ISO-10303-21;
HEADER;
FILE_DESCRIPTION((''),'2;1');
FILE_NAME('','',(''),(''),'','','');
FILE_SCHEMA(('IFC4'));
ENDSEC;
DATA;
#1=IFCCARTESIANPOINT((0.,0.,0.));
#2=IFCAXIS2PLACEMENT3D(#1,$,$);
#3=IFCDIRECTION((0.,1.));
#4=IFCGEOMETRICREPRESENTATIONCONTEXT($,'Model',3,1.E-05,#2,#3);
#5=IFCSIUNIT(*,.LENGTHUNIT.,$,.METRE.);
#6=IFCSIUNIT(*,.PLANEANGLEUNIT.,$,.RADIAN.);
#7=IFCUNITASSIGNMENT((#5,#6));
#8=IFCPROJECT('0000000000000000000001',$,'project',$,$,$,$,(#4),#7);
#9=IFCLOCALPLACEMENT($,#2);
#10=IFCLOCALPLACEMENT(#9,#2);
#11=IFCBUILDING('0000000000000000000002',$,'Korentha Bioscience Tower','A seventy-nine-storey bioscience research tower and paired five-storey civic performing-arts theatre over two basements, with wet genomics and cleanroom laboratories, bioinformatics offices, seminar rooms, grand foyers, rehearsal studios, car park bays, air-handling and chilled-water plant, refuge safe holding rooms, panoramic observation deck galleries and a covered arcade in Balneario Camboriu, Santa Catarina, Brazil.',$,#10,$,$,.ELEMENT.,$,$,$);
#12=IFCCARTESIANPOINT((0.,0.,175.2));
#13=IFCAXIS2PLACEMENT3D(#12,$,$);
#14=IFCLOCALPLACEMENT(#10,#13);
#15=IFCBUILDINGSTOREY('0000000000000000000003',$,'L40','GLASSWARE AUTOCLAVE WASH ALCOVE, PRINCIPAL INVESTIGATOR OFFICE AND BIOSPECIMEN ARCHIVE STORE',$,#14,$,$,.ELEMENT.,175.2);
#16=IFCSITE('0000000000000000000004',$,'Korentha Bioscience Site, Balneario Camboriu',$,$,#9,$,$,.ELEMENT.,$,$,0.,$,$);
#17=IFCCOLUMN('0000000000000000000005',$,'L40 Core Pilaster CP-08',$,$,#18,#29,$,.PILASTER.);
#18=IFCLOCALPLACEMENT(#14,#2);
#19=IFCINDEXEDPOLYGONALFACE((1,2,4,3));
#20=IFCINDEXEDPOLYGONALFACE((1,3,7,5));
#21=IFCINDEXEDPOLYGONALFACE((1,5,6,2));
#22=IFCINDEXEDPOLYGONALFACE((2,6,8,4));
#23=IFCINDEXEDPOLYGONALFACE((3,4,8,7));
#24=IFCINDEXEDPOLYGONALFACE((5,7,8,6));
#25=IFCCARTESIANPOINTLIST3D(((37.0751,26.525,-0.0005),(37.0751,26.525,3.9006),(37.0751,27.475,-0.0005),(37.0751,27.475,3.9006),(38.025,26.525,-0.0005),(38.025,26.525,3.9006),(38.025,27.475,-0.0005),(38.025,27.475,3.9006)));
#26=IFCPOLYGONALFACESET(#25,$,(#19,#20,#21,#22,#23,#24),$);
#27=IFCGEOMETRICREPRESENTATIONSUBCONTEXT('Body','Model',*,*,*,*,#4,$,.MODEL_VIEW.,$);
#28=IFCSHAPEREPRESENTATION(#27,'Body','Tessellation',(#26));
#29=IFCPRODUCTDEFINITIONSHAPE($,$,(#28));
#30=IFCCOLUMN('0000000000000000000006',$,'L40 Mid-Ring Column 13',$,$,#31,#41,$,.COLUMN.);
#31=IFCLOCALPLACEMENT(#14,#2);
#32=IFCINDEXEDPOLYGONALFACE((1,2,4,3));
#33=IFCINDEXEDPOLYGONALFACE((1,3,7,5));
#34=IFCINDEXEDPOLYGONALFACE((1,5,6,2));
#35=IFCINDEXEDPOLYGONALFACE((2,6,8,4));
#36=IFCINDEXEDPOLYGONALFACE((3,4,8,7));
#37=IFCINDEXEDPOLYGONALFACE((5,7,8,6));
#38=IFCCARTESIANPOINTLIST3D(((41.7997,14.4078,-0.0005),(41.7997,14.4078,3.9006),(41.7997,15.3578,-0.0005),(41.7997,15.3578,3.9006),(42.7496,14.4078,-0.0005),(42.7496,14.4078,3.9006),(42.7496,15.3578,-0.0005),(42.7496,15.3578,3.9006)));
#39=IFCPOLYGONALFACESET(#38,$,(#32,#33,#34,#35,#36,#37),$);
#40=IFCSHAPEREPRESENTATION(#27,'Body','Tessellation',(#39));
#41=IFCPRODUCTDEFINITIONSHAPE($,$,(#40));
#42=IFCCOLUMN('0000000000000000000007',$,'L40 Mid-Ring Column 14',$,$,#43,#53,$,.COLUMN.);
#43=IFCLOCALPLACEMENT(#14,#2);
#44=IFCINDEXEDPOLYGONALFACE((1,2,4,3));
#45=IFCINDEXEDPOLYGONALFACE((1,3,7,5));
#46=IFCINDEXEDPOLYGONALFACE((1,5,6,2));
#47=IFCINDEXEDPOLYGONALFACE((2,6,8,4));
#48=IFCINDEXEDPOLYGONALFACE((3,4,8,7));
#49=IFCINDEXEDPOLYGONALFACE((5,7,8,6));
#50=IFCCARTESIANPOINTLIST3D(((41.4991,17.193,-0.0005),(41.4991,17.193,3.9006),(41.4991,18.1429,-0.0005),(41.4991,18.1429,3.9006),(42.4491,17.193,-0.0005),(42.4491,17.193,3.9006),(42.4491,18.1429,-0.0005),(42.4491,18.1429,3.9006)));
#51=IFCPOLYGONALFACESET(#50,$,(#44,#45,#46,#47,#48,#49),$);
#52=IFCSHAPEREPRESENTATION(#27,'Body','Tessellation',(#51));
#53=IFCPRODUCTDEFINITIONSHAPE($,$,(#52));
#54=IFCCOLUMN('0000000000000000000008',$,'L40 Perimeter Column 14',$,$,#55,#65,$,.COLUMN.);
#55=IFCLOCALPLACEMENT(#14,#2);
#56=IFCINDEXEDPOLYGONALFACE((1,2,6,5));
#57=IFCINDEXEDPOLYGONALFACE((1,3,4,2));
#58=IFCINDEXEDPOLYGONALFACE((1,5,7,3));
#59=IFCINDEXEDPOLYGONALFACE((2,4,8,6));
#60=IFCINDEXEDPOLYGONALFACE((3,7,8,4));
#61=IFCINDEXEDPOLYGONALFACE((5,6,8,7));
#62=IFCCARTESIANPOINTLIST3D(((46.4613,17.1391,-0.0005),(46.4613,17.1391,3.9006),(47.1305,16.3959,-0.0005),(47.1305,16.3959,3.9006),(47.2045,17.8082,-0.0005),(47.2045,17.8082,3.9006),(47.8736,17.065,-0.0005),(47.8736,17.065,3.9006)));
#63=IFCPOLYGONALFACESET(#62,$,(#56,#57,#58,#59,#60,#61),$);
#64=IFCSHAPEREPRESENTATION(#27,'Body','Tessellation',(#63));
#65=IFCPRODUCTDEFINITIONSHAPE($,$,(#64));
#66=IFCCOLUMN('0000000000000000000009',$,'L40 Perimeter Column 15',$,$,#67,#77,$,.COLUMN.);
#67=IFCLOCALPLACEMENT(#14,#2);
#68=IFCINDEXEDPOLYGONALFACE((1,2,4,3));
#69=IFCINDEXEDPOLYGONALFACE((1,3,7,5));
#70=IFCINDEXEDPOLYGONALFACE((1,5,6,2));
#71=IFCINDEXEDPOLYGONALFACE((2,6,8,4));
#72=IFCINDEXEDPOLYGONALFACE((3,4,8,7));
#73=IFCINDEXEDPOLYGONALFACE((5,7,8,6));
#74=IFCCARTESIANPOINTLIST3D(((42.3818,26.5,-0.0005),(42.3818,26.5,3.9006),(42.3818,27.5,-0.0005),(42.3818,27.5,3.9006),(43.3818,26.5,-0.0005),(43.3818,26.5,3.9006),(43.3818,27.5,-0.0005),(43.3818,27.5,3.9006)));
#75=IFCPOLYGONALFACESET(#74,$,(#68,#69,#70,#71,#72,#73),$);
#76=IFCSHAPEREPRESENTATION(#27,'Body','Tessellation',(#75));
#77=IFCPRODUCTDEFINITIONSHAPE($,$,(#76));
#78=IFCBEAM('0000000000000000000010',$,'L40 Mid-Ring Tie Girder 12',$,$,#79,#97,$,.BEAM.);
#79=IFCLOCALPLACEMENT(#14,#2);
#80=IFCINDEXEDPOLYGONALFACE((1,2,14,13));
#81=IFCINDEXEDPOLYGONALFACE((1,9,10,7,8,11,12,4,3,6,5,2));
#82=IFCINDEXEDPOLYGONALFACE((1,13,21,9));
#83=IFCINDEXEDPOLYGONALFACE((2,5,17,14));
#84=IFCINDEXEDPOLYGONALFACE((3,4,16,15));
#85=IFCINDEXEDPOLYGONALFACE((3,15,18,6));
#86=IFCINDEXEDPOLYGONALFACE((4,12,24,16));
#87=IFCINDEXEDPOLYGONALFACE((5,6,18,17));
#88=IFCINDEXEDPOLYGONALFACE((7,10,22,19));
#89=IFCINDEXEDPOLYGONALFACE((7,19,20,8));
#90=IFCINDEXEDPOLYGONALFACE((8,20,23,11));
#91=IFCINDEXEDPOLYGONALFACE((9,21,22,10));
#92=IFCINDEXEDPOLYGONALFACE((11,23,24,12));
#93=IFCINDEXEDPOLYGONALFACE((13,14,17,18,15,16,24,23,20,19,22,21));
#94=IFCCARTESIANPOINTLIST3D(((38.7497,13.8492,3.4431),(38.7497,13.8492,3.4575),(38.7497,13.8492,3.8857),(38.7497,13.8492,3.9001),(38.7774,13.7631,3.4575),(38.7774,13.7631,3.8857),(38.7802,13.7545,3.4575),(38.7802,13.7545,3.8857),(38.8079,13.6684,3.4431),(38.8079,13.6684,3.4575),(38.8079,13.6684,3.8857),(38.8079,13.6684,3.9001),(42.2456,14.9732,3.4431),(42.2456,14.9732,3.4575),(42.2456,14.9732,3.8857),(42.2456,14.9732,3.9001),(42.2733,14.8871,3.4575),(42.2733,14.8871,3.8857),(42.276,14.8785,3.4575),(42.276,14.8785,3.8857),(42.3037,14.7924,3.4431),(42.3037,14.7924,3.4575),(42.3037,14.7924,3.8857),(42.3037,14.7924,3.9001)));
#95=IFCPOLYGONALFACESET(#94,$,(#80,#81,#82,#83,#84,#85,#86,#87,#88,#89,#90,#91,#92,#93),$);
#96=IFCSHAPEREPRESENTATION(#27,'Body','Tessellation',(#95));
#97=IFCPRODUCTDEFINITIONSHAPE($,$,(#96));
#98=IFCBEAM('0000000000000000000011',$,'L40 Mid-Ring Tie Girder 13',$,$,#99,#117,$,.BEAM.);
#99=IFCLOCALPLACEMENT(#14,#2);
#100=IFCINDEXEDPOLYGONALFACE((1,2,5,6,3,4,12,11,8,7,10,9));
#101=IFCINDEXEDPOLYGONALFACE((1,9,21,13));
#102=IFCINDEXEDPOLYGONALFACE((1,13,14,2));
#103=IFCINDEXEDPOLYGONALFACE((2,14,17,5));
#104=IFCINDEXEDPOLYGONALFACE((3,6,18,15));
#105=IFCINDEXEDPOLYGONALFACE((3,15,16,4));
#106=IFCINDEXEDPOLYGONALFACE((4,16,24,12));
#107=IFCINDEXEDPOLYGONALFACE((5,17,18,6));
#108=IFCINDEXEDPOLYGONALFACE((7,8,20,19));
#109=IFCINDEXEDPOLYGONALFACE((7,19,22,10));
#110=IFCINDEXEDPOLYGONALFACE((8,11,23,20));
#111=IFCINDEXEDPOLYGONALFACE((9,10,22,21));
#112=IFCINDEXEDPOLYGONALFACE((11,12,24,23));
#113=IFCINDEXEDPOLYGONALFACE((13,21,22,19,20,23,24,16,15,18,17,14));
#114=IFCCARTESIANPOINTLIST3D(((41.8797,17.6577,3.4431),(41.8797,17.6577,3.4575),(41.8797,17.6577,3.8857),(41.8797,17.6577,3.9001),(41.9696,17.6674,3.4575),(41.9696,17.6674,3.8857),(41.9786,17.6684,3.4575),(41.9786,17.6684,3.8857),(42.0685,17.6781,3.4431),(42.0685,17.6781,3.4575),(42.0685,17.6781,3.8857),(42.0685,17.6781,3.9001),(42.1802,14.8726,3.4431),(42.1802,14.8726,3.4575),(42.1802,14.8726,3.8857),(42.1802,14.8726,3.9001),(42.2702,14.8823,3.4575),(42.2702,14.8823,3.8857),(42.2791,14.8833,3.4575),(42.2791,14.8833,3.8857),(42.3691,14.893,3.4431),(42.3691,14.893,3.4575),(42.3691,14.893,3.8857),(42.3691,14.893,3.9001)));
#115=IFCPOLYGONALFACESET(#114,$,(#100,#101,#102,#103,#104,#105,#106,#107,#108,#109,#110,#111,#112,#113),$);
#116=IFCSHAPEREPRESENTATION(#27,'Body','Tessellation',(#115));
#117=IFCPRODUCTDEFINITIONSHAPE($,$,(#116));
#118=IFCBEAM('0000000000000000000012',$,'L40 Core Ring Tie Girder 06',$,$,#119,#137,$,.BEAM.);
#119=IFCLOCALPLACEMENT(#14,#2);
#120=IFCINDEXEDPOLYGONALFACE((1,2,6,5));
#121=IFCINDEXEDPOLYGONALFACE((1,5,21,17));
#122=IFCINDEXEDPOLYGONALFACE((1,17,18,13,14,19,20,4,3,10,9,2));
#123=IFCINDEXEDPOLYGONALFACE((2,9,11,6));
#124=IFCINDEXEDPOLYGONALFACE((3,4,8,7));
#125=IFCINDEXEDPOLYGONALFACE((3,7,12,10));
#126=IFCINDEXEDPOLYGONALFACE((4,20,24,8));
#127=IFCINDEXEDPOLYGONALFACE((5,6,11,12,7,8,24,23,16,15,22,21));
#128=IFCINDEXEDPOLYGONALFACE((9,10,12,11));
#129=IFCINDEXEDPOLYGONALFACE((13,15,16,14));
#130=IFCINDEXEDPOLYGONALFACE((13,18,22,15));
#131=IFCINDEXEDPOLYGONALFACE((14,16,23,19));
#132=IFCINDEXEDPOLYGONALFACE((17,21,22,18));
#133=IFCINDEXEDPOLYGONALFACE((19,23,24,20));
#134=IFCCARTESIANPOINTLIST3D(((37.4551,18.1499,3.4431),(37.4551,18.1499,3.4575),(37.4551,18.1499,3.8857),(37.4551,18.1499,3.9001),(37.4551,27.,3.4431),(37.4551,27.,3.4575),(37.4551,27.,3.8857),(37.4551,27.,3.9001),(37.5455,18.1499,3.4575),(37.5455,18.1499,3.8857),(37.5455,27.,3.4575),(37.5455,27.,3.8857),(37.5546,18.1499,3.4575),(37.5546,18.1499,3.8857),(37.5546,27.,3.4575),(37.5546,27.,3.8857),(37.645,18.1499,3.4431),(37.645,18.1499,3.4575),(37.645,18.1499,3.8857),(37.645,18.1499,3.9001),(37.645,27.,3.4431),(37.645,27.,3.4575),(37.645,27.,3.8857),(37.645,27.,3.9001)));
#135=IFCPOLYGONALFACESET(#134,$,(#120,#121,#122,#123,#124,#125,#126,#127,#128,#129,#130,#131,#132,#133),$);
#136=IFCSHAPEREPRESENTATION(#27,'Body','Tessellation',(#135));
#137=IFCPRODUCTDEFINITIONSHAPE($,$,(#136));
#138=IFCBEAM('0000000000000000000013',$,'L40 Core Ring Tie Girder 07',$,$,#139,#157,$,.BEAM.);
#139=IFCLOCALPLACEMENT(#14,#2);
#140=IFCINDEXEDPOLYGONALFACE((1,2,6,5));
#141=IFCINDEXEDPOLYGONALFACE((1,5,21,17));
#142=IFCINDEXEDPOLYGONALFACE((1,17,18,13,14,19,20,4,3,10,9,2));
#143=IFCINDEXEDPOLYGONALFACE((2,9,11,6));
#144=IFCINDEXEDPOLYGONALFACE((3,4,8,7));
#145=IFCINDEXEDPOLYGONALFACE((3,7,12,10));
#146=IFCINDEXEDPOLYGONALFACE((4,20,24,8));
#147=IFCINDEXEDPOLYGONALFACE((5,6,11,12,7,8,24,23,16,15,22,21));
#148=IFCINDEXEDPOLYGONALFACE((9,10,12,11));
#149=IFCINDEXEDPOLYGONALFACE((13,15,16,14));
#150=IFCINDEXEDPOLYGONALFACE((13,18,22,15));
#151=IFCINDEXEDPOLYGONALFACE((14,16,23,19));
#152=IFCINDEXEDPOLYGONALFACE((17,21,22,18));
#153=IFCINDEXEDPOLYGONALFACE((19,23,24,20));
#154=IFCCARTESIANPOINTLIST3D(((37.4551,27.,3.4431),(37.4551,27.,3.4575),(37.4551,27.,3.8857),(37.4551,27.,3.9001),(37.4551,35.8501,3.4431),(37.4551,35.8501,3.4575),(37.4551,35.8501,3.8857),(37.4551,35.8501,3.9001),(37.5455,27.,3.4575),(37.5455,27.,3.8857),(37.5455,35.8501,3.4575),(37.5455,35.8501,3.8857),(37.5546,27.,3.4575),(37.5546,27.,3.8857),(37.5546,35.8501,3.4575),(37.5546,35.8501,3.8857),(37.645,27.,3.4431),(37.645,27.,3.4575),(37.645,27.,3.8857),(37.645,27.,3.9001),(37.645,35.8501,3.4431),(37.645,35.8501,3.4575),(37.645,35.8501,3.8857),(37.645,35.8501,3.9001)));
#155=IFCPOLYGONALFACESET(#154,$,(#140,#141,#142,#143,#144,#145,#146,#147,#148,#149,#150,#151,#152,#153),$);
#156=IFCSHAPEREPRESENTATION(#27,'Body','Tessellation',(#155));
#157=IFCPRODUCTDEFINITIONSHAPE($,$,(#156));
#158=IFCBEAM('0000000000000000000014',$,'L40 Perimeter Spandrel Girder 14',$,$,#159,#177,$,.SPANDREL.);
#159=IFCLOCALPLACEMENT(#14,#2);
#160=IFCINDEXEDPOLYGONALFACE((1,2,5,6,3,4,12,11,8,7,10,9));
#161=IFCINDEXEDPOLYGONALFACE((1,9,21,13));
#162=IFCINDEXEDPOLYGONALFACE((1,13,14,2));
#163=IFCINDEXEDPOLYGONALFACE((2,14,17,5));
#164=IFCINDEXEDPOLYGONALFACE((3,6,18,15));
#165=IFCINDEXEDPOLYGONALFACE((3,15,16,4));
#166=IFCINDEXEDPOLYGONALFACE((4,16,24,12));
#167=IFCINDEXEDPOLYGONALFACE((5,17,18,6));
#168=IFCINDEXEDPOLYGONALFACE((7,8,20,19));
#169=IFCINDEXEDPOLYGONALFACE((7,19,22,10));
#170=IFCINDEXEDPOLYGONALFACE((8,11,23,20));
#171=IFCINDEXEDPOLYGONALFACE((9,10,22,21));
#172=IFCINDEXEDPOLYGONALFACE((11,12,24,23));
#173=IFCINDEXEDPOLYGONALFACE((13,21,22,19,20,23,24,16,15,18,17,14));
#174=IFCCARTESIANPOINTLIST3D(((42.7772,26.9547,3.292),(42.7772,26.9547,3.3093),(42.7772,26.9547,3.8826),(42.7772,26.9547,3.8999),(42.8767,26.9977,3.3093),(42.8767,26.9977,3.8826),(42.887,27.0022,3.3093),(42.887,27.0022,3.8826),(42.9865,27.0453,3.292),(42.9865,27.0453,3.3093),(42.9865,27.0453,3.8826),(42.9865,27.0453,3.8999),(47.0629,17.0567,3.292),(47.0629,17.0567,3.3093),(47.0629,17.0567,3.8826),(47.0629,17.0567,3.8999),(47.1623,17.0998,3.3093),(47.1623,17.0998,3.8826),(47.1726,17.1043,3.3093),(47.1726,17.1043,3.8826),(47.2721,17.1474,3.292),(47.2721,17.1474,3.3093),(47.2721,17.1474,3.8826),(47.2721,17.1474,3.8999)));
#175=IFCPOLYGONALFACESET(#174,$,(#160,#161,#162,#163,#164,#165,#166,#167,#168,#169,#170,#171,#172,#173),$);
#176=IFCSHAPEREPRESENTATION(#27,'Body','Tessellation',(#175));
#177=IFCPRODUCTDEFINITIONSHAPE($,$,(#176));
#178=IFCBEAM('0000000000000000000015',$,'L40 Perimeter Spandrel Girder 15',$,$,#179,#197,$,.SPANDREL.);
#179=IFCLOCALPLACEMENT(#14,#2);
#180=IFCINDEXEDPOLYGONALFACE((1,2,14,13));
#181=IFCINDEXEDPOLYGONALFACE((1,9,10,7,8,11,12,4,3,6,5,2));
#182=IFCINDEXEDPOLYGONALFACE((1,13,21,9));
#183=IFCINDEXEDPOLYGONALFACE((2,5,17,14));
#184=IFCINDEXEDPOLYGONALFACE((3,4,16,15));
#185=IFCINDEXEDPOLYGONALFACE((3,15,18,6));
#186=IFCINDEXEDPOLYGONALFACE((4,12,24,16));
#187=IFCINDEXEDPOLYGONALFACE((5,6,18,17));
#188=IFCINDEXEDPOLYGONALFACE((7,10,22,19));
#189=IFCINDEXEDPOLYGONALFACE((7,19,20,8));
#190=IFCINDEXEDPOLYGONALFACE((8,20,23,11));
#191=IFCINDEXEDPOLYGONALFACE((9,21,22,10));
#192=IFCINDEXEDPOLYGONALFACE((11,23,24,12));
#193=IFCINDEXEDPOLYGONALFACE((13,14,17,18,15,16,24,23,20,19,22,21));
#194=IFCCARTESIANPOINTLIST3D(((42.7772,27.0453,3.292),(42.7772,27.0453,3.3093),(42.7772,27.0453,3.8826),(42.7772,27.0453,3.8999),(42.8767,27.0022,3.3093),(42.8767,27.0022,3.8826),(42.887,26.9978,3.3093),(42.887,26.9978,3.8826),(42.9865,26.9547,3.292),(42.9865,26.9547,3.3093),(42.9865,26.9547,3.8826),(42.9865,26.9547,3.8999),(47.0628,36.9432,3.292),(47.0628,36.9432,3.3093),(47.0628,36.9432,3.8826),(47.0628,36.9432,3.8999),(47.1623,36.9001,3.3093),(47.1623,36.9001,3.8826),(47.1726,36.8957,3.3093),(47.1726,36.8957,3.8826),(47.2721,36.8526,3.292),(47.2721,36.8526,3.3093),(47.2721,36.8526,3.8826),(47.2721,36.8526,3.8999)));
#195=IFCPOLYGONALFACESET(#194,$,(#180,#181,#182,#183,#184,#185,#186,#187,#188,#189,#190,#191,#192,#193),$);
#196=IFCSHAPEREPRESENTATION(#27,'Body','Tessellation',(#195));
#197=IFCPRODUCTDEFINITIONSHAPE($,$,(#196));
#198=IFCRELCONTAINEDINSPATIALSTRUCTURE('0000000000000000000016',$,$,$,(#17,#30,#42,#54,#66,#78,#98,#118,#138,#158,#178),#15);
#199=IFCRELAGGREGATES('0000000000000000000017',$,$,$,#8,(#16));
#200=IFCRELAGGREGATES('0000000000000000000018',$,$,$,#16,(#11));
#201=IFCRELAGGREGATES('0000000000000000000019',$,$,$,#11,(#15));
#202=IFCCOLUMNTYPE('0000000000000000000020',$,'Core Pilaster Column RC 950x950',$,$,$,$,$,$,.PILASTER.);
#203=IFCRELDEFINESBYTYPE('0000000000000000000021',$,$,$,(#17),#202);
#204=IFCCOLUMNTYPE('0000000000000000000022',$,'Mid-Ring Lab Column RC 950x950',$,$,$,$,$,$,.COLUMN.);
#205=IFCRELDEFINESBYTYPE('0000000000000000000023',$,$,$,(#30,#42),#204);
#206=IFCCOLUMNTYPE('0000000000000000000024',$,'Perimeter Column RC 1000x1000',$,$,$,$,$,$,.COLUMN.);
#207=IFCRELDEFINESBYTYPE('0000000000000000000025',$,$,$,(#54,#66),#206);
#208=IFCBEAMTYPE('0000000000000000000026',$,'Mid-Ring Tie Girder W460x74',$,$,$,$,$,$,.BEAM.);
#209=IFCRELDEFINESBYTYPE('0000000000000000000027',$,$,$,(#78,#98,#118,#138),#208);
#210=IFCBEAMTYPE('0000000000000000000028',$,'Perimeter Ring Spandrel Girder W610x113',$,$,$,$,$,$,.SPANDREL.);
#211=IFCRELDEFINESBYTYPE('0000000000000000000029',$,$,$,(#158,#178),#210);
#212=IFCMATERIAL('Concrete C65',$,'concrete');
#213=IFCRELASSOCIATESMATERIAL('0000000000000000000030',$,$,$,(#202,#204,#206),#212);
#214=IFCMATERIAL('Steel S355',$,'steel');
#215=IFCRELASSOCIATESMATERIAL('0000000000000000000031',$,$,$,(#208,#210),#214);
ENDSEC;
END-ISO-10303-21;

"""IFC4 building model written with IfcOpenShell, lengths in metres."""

from ifc_helpers import new_model, si_unit, direction, frame, origin, origin_2d, place, context, subcontext, project, spatial, rectangle, i_section, extrude, material, material_profile, profile_set, type_object, element, save


model = new_model("IFC4")

# Units and contexts
model_context = context("Model", 3, precision=1e-05, world=origin(), true_north=direction((0.0, 1.0)))
body_context = subcontext(model_context, "Body", "Model", "MODEL_VIEW")
ifc_project = project(units=[si_unit("LENGTHUNIT", "METRE"), si_unit("PLANEANGLEUNIT", "RADIAN")], contexts=[model_context])

# Site, building, storey
site_placement = place(None, origin())
site = spatial("IfcSite", under=ifc_project, at=site_placement, Name="Korentha Bioscience Site, Balneario Camboriu", CompositionType="ELEMENT", RefElevation=0.0)
building_placement = place(site_placement, origin())
building = spatial("IfcBuilding", under=site, at=building_placement, Name="Korentha Bioscience Tower", Description="A seventy-nine-storey bioscience research tower and paired five-storey civic performing-arts theatre over two basements, with wet genomics and cleanroom laboratories, bioinformatics offices, seminar rooms, grand foyers, rehearsal studios, car park bays, air-handling and chilled-water plant, refuge safe holding rooms, panoramic observation deck galleries and a covered arcade in Balneario Camboriu, Santa Catarina, Brazil.", CompositionType="ELEMENT")
storey_placement = place(building_placement, frame((0.0, 0.0, 175.2)))
storey = spatial("IfcBuildingStorey", under=building, at=storey_placement, Name="L40", Description="GLASSWARE AUTOCLAVE WASH ALCOVE, PRINCIPAL INVESTIGATOR OFFICE AND BIOSPECIMEN ARCHIVE STORE", CompositionType="ELEMENT", Elevation=175.2)

# Columns
ifc_material_1 = material(Name="Concrete C65", Category="concrete")
ifc_material_profile_1 = material_profile(ifc_material_1, rectangle(XDim=0.95, YDim=0.95, at=origin_2d()), Name="Concrete C65")
ifc_profile_set_1 = profile_set([ifc_material_profile_1], Name="Concrete C65 (COL-CP09)")
column_type_1 = type_object("IfcColumnType", Name="Core Pilaster Column RC 950x950", PredefinedType="PILASTER", material=ifc_profile_set_1)
column_placement = place(storey_placement, frame((37.55, 27.0, -0.0005), z_axis=(0.0, 0.0, 1.0), x_axis=(1.0, 0.0, 0.0)))
element("IfcColumn", 1, at=column_placement, inside=storey, type_object=column_type_1, Name="L40 Core Pilaster CP-08", PredefinedType="PILASTER", context=body_context, shape_type="SweptSolid", body=[
    extrude(rectangle(XDim=0.95, YDim=0.95, at=origin_2d()), origin(), (0.0, 0.0, 1.0), 3.9011),
])
ifc_material_profile_2 = material_profile(ifc_material_1, rectangle(XDim=0.95, YDim=0.95, at=origin_2d()), Name="Concrete C65")
ifc_profile_set_2 = profile_set([ifc_material_profile_2], Name="Concrete C65 (COL-MR09)")
column_type_2 = type_object("IfcColumnType", Name="Mid-Ring Lab Column RC 950x950", PredefinedType="COLUMN", material=ifc_profile_set_2)
for number, where, z_axis, x_axis, name in (
    (2, (42.2747, 14.8828, -0.0005), (0.0, 0.0, 1.0), (1.0, 0.0, 0.0), "L40 Mid-Ring Column 13"),
    (3, (41.9741, 17.668, -0.0005), (0.0, 0.0, 1.0), (1.0, 0.0, 0.0), "L40 Mid-Ring Column 14"),
):
    element("IfcColumn", number, at=place(storey_placement, frame(where, z_axis=z_axis, x_axis=x_axis)), inside=storey, type_object=column_type_2, Name=name, PredefinedType="COLUMN", context=body_context, shape_type="SweptSolid", body=[
        extrude(rectangle(XDim=0.95, YDim=0.95, at=origin_2d()), origin(), (0.0, 0.0, 1.0), 3.9011),
    ])
ifc_material_profile_3 = material_profile(ifc_material_1, rectangle(XDim=1.0, YDim=1.0, at=origin_2d()), Name="Concrete C65")
ifc_profile_set_3 = profile_set([ifc_material_profile_3], Name="Concrete C65 (COL-P10)")
column_type_3 = type_object("IfcColumnType", Name="Perimeter Column RC 1000x1000", PredefinedType="COLUMN", material=ifc_profile_set_3)
for number, where, z_axis, x_axis, name in (
    (4, (47.1675, 17.1021, -0.0005), (0.0, 0.0, 1.0), (-0.669131, 0.743145, 0.0), "L40 Perimeter Column 14"),
    (5, (42.8818, 27.0, -0.0005), (0.0, 0.0, 1.0), (0.0, 1.0, 0.0), "L40 Perimeter Column 15"),
):
    element("IfcColumn", number, at=place(storey_placement, frame(where, z_axis=z_axis, x_axis=x_axis)), inside=storey, type_object=column_type_3, Name=name, PredefinedType="COLUMN", context=body_context, shape_type="SweptSolid", body=[
        extrude(rectangle(XDim=1.0, YDim=1.0, at=origin_2d()), origin(), (0.0, 0.0, 1.0), 3.9011),
    ])

# Beams
ifc_material_2 = material(Name="Steel S355", Category="steel")
ifc_material_profile_4 = material_profile(ifc_material_2, i_section(OverallWidth=0.1899, OverallDepth=0.457, WebThickness=0.009, FlangeThickness=0.0144, at=origin_2d()), Name="Steel S355")
ifc_profile_set_4 = profile_set([ifc_material_profile_4], Name="Steel S355 (MB-460)")
beam_type_1 = type_object("IfcBeamType", Name="Mid-Ring Tie Girder W460x74", PredefinedType="BEAM", material=ifc_profile_set_4)
beam_1_placement = place(storey_placement, frame((38.7788, 13.7588, 3.6716), z_axis=(0.952, 0.306097, 0.0), x_axis=(-0.306097, 0.952, 0.0)))
element("IfcBeam", 6, at=beam_1_placement, inside=storey, type_object=beam_type_1, Name="L40 Mid-Ring Tie Girder 12", PredefinedType="BEAM", context=body_context, shape_type="SweptSolid", body=[
    extrude(i_section(OverallWidth=0.1899, OverallDepth=0.457, WebThickness=0.009, FlangeThickness=0.0144, at=origin_2d()), origin(), (0.0, 0.0, 1.0), 3.6721),
])
beam_2_placement = place(storey_placement, frame((42.2747, 14.8828, 3.6716), z_axis=(-0.107284, 0.994228, 0.0), x_axis=(-0.994228, -0.107284, 0.0)))
element("IfcBeam", 7, at=beam_2_placement, inside=storey, type_object=beam_type_1, Name="L40 Mid-Ring Tie Girder 13", PredefinedType="BEAM", context=body_context, shape_type="SweptSolid", body=[
    extrude(i_section(OverallWidth=0.1899, OverallDepth=0.457, WebThickness=0.009, FlangeThickness=0.0144, at=origin_2d()), origin(), (0.0, 0.0, 1.0), 2.8013),
])
for number, where, z_axis, x_axis, name in (
    (8, (37.55, 18.1499, 3.6716), (0.0, 1.0, 0.0), (-1.0, 0.0, 0.0), "L40 Core Ring Tie Girder 06"),
    (9, (37.55, 27.0, 3.6716), (0.0, 1.0, 0.0), (-1.0, 0.0, 0.0), "L40 Core Ring Tie Girder 07"),
):
    element("IfcBeam", number, at=place(storey_placement, frame(where, z_axis=z_axis, x_axis=x_axis)), inside=storey, type_object=beam_type_1, Name=name, PredefinedType="BEAM", context=body_context, shape_type="SweptSolid", body=[
        extrude(i_section(OverallWidth=0.1899, OverallDepth=0.457, WebThickness=0.009, FlangeThickness=0.0144, at=origin_2d()), origin(), (0.0, 0.0, 1.0), 8.8501),
    ])
ifc_material_profile_5 = material_profile(ifc_material_2, i_section(OverallWidth=0.228, OverallDepth=0.6079, WebThickness=0.0112, FlangeThickness=0.0173, at=origin_2d()), Name="Steel S355")
ifc_profile_set_5 = profile_set([ifc_material_profile_5], Name="Steel S355 (SB-610)")
beam_type_2 = type_object("IfcBeamType", Name="Perimeter Ring Spandrel Girder W610x113", PredefinedType="SPANDREL", material=ifc_profile_set_5)
for number, where, z_axis, x_axis, name in (
    (10, (47.1675, 17.1021, 3.5959), (-0.397337, 0.917673, 0.0), (-0.917673, -0.397337, 0.0), "L40 Perimeter Spandrel Girder 14"),
    (11, (42.8818, 27.0, 3.5959), (0.397337, 0.917673, 0.0), (-0.917673, 0.397337, 0.0), "L40 Perimeter Spandrel Girder 15"),
):
    element("IfcBeam", number, at=place(storey_placement, frame(where, z_axis=z_axis, x_axis=x_axis)), inside=storey, type_object=beam_type_2, Name=name, PredefinedType="SPANDREL", context=body_context, shape_type="SweptSolid", body=[
        extrude(i_section(OverallWidth=0.228, OverallDepth=0.6079, WebThickness=0.0112, FlangeThickness=0.0173, at=origin_2d()), origin(), (0.0, 0.0, 1.0), 10.7859),
    ])

save(model, "model.ifc")
